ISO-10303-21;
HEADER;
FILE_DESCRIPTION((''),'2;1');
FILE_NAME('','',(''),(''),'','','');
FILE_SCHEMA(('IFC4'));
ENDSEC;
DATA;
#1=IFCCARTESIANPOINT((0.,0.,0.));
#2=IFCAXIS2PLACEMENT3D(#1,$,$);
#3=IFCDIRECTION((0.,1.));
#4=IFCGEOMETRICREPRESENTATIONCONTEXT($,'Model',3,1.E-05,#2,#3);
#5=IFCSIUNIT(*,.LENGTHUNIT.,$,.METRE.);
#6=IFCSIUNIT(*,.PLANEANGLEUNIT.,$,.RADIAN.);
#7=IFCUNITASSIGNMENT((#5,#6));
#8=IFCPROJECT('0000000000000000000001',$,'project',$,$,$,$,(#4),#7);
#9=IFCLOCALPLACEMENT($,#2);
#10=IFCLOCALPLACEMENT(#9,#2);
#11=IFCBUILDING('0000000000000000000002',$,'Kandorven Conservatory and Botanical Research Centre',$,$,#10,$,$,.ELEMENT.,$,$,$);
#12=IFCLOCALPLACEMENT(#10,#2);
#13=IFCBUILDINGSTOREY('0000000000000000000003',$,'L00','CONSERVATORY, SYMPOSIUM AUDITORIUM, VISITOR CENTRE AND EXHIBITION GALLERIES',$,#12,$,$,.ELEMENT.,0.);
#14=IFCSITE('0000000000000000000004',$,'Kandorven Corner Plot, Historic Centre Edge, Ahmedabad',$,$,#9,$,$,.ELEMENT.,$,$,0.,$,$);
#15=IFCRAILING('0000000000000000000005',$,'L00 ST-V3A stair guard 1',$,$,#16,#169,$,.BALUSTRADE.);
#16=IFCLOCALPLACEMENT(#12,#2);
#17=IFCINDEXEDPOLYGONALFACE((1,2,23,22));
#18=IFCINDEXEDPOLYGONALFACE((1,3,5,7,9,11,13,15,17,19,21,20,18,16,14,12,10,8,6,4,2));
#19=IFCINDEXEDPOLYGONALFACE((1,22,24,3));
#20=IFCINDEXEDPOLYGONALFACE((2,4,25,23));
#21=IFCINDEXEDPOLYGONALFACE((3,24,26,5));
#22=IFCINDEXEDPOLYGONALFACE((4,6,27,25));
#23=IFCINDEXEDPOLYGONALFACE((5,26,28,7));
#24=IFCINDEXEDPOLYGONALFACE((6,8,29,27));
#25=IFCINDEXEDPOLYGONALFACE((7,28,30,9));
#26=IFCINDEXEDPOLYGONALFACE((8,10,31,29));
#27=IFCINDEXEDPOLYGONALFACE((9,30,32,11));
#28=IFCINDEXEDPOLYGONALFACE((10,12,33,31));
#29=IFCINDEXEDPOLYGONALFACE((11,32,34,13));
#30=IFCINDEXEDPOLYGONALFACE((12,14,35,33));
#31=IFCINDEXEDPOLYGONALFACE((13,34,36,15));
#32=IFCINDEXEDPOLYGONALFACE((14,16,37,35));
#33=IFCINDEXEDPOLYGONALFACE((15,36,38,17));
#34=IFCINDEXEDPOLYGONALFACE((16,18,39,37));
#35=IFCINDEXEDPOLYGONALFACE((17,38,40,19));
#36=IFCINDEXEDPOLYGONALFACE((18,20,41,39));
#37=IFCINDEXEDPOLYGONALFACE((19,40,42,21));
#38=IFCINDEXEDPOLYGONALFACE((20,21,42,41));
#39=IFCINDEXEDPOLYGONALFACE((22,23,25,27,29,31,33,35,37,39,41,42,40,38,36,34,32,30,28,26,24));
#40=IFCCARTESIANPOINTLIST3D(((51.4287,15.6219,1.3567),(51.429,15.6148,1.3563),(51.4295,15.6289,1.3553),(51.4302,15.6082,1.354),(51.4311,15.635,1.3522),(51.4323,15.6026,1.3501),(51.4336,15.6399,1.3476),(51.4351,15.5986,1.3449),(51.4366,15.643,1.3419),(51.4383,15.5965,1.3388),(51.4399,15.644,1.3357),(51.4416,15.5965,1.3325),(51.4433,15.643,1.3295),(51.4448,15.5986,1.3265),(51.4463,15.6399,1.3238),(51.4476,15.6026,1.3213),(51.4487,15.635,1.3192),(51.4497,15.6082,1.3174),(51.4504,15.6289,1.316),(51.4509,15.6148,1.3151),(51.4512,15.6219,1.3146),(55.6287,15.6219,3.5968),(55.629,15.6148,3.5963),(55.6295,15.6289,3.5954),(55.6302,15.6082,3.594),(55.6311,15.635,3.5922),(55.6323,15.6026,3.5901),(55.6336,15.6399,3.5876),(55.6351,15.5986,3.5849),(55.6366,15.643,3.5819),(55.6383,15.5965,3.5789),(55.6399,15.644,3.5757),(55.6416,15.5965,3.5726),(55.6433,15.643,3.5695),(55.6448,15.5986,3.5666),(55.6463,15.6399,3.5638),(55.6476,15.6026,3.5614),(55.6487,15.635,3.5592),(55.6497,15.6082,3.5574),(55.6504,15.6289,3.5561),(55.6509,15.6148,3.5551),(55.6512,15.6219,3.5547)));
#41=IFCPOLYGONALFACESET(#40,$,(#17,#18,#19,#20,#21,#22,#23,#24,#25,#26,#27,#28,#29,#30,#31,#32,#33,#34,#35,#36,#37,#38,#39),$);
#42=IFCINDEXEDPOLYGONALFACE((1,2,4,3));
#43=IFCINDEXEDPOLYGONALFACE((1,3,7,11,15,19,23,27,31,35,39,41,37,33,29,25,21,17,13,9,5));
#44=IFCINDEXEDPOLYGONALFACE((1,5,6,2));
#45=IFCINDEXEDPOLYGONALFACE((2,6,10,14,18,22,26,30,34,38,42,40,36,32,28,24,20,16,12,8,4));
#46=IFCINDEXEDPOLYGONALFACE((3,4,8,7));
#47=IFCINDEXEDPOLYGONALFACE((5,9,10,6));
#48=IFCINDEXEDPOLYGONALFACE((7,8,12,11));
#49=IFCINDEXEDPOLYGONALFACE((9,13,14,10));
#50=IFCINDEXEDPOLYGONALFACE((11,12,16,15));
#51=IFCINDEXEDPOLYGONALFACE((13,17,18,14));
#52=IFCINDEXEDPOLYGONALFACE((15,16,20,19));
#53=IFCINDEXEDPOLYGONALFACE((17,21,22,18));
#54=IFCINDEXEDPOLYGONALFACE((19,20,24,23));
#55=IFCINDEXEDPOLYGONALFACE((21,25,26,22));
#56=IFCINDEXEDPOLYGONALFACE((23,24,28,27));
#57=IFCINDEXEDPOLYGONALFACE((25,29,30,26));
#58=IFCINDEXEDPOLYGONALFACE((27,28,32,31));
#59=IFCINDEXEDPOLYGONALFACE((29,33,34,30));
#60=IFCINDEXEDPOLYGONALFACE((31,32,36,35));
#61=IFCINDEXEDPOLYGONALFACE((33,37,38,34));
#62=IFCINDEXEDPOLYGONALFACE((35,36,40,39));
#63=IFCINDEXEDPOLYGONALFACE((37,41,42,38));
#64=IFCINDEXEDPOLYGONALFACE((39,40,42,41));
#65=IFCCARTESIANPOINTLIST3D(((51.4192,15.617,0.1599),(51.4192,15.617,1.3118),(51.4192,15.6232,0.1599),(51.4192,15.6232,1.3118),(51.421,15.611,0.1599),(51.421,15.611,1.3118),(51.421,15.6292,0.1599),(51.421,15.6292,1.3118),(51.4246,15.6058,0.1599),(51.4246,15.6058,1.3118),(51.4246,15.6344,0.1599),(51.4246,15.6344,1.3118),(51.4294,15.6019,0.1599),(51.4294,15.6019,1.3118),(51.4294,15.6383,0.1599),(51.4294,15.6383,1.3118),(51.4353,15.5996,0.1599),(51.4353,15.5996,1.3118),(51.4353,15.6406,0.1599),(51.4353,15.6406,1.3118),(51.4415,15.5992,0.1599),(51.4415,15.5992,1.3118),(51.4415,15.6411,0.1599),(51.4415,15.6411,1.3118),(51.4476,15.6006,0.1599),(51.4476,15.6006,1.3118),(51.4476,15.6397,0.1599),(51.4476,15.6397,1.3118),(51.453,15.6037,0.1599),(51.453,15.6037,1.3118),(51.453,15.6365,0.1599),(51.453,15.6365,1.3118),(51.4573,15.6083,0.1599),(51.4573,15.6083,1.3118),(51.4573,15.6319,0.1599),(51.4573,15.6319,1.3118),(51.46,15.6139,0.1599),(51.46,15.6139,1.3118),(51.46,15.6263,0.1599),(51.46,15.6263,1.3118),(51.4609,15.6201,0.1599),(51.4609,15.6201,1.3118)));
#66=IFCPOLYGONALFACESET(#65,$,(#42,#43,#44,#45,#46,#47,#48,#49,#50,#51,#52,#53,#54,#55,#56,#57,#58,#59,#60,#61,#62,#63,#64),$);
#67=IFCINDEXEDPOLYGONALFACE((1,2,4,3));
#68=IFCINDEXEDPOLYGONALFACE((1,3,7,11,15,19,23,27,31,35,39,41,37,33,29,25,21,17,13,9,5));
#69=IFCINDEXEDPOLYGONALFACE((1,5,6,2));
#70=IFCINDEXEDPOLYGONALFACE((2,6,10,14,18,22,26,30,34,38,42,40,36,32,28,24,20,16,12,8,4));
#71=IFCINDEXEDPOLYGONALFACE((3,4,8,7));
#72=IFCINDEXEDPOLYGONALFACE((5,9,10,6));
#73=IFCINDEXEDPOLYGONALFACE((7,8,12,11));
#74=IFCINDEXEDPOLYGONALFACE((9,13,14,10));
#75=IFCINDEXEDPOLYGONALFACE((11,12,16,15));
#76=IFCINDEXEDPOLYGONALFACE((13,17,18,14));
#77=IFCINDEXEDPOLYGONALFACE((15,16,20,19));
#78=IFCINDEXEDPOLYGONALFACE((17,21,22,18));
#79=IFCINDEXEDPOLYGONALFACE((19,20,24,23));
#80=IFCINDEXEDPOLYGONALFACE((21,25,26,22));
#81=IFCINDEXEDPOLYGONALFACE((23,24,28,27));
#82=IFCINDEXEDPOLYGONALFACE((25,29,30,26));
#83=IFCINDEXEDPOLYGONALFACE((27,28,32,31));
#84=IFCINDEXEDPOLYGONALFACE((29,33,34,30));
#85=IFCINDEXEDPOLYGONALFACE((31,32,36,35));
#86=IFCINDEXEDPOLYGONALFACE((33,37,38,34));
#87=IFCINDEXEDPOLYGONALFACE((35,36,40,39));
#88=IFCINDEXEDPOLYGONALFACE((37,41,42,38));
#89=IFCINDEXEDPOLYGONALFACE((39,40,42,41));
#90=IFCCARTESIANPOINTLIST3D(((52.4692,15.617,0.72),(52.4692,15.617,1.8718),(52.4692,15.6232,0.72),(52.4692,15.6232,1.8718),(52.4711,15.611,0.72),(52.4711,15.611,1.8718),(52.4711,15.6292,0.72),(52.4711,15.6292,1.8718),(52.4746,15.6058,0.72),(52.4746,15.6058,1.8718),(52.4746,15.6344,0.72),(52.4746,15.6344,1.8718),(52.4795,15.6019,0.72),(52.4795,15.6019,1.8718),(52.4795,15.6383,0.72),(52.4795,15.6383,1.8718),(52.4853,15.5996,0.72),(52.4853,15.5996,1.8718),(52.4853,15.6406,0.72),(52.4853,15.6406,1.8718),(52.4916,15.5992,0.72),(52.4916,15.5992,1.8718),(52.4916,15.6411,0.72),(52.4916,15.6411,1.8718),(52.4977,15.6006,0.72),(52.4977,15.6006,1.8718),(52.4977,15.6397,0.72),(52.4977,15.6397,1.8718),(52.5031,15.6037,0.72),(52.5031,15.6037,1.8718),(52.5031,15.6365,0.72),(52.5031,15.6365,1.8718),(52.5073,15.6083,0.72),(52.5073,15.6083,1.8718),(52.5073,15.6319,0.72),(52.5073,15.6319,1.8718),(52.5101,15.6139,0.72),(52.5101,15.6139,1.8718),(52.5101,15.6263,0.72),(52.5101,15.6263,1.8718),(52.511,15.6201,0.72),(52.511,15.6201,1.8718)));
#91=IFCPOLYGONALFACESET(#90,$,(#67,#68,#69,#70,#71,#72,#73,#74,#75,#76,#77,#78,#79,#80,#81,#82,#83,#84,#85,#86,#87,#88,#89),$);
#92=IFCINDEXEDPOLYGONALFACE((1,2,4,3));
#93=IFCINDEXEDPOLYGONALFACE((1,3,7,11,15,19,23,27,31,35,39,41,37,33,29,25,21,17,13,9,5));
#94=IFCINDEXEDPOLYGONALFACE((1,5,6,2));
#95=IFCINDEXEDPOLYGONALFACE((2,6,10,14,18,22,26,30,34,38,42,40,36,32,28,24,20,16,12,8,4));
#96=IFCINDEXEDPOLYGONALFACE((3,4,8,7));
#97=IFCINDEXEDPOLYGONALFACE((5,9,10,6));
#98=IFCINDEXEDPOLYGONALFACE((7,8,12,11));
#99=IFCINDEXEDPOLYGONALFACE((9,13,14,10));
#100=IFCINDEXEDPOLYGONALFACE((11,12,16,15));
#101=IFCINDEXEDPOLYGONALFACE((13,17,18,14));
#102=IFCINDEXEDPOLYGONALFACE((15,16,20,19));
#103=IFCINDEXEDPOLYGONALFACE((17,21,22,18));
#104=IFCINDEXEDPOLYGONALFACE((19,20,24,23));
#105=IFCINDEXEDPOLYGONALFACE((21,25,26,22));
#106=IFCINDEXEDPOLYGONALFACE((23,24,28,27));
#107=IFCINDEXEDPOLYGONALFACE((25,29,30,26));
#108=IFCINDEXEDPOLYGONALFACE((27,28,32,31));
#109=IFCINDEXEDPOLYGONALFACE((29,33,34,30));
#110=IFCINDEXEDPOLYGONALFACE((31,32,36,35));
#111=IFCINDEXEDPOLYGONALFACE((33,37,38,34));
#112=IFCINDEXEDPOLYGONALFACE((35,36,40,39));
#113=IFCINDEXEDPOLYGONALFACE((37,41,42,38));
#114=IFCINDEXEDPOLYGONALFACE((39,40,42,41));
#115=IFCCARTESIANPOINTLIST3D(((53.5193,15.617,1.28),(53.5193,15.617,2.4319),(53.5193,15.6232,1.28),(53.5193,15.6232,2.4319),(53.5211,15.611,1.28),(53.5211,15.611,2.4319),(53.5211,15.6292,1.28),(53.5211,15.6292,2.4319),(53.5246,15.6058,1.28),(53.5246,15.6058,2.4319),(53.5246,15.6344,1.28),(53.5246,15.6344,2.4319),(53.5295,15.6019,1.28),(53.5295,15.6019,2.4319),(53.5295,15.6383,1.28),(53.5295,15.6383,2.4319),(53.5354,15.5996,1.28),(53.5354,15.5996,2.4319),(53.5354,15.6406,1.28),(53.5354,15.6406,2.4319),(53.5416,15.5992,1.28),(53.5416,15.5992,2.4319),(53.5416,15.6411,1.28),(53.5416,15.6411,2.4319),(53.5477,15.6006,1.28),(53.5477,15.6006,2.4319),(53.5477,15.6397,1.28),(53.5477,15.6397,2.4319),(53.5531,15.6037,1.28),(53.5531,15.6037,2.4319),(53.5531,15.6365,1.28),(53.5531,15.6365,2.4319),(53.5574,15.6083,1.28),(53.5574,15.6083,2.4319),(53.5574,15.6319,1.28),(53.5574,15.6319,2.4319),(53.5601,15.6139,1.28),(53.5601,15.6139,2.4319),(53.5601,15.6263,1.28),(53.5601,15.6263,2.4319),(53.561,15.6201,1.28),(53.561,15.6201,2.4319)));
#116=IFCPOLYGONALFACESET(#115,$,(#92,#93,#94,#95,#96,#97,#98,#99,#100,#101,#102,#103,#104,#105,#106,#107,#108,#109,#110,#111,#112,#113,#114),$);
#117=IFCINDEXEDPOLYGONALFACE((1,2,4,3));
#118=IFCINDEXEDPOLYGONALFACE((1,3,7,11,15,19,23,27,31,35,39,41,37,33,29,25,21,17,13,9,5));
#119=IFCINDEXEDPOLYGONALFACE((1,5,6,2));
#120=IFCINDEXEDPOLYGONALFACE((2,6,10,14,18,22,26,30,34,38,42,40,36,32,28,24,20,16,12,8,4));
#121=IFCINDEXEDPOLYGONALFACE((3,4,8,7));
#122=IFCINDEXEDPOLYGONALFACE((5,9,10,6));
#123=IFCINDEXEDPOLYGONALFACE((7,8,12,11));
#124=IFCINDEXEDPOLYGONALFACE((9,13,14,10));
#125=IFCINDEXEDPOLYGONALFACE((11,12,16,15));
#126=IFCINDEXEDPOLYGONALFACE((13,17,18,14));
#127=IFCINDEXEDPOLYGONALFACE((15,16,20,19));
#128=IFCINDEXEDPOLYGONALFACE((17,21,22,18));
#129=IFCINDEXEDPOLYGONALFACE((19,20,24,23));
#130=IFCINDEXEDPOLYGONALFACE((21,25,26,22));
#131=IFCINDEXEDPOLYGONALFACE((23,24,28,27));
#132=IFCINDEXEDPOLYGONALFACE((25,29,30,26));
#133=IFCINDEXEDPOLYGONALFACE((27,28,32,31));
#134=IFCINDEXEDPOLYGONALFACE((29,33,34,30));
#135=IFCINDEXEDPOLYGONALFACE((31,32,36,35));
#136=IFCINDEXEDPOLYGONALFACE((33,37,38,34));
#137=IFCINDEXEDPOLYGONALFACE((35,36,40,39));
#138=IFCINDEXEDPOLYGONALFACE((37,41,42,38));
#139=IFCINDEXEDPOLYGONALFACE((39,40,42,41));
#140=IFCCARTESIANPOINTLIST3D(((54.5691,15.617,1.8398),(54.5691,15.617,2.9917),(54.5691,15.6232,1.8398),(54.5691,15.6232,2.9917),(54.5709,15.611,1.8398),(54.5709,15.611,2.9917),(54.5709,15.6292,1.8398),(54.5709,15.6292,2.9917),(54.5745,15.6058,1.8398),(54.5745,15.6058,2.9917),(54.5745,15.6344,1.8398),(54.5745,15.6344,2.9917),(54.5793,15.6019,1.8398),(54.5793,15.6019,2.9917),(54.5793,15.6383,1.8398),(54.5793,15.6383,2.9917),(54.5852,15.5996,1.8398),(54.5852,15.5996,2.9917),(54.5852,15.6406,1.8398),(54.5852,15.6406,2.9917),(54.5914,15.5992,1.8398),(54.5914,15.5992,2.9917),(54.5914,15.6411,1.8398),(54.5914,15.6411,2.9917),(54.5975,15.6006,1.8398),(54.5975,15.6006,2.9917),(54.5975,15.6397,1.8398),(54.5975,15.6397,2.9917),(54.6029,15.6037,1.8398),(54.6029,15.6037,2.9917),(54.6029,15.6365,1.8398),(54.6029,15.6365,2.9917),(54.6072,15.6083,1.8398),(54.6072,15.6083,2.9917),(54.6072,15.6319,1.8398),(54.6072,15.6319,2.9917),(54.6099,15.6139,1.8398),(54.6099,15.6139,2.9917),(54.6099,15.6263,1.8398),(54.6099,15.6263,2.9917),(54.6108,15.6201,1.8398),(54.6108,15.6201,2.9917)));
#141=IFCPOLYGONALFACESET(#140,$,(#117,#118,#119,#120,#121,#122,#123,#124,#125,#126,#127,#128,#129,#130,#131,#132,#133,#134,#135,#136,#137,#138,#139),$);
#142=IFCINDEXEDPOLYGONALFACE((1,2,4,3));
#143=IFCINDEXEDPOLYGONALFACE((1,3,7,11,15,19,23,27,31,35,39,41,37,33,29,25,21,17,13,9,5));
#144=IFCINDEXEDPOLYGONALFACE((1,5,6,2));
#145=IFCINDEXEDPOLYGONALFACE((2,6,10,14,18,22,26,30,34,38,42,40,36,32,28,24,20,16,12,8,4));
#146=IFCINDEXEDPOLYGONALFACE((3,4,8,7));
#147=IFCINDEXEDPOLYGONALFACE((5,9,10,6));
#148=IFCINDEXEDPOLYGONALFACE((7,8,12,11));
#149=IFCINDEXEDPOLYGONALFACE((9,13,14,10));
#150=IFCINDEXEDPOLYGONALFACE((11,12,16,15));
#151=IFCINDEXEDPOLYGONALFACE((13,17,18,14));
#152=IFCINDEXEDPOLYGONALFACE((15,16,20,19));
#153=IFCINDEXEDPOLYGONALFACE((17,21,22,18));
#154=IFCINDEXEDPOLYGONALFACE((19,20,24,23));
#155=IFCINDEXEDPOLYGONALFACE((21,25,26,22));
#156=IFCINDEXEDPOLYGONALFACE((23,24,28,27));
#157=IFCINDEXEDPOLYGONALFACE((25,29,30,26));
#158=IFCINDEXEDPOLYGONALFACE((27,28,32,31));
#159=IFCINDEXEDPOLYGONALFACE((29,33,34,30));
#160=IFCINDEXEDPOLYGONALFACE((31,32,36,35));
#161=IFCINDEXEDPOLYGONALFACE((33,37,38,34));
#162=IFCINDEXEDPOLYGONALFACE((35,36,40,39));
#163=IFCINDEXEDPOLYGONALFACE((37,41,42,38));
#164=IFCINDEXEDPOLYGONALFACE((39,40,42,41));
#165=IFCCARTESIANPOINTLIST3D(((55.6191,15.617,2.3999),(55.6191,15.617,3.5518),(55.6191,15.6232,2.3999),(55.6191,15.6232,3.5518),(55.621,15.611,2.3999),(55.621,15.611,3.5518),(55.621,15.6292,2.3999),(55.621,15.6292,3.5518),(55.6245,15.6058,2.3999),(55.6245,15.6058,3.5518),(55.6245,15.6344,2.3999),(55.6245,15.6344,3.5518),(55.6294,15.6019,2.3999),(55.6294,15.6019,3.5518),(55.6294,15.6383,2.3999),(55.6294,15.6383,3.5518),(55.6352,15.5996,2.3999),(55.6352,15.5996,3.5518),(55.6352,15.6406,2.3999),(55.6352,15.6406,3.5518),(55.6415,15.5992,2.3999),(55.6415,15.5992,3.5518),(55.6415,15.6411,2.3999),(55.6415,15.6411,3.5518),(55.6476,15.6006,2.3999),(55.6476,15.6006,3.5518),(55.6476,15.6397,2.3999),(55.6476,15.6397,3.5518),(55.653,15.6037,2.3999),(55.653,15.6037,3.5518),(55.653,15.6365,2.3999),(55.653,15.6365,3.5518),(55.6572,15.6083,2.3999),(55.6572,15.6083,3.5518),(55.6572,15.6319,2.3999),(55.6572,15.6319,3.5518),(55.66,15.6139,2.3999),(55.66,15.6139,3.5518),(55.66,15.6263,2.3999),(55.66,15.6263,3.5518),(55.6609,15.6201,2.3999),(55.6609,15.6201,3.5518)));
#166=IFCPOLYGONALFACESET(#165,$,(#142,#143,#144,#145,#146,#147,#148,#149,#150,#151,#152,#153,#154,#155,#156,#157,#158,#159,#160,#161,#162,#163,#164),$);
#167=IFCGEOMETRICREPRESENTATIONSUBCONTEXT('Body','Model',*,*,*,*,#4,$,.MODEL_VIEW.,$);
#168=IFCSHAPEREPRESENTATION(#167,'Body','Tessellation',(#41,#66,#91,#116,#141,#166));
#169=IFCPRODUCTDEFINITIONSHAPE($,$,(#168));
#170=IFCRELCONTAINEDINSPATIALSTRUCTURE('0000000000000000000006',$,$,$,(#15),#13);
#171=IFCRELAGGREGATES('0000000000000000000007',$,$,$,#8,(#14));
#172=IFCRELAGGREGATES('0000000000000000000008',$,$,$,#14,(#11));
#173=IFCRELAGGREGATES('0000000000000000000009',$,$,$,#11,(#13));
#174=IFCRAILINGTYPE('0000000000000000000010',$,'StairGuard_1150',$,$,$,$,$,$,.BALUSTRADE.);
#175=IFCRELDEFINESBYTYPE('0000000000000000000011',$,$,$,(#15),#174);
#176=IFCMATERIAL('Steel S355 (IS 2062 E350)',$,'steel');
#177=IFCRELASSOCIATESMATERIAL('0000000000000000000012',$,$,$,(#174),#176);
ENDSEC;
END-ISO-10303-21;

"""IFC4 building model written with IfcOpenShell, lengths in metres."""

from ifc_helpers import new_model, si_unit, direction, frame, origin, origin_2d, place, context, subcontext, project, spatial, circle, extrude, material, type_object, element, save


model = new_model("IFC4")

# Units and contexts
model_context = context("Model", 3, precision=1e-05, world=origin(), true_north=direction((0.0, 1.0)))
body_context = subcontext(model_context, "Body", "Model", "MODEL_VIEW")
ifc_project = project(units=[si_unit("LENGTHUNIT", "METRE"), si_unit("PLANEANGLEUNIT", "RADIAN")], contexts=[model_context])

# Site, building, storey
site_placement = place(None, origin())
site = spatial("IfcSite", under=ifc_project, at=site_placement, Name="Kandorven Corner Plot, Historic Centre Edge, Ahmedabad", CompositionType="ELEMENT", RefElevation=0.0)
building_placement = place(site_placement, origin())
building = spatial("IfcBuilding", under=site, at=building_placement, Name="Kandorven Conservatory and Botanical Research Centre", CompositionType="ELEMENT")
storey_placement = place(building_placement, origin())
storey = spatial("IfcBuildingStorey", under=building, at=storey_placement, Name="L00", Description="CONSERVATORY, SYMPOSIUM AUDITORIUM, VISITOR CENTRE AND EXHIBITION GALLERIES", CompositionType="ELEMENT", Elevation=0.0)

# Railing
ifc_material_1 = material(Name="Steel S355 (IS 2062 E350)", Category="steel")
railing_type_1 = type_object("IfcRailingType", Name="StairGuard_1150", PredefinedType="BALUSTRADE", material=ifc_material_1)
railing_1_placement = place(storey_placement, frame((51.4399, 15.6201, 0.1599)))
element("IfcRailing", 1, at=railing_1_placement, inside=storey, type_object=railing_type_1, Name="L00 ST-V3A stair guard 1", PredefinedType="BALUSTRADE", context=body_context, shape_type="SweptSolid", body=[
    extrude(circle(Radius=0.0239, at=origin_2d()), frame((0.0, 0.0, 1.1758), z_axis=(0.882352, 0.0, 0.470591), x_axis=(0.0, 1.0, 0.0)), (0.0, 0.0, 1.0), 4.76),
    extrude(circle(Radius=0.021, at=origin_2d()), origin(), (0.0, 0.0, 1.0), 1.1519),
    extrude(circle(Radius=0.021, at=origin_2d()), frame((1.05, 0.0, 0.5601)), (0.0, 0.0, 1.0), 1.1519),
    extrude(circle(Radius=0.021, at=origin_2d()), frame((2.1001, 0.0, 1.1201)), (0.0, 0.0, 1.0), 1.1519),
    extrude(circle(Radius=0.021, at=origin_2d()), frame((3.1499, 0.0, 1.6799)), (0.0, 0.0, 1.0), 1.1519),
    extrude(circle(Radius=0.021, at=origin_2d()), frame((4.2, 0.0, 2.24)), (0.0, 0.0, 1.0), 1.1519),
])

save(model, "model.ifc")
